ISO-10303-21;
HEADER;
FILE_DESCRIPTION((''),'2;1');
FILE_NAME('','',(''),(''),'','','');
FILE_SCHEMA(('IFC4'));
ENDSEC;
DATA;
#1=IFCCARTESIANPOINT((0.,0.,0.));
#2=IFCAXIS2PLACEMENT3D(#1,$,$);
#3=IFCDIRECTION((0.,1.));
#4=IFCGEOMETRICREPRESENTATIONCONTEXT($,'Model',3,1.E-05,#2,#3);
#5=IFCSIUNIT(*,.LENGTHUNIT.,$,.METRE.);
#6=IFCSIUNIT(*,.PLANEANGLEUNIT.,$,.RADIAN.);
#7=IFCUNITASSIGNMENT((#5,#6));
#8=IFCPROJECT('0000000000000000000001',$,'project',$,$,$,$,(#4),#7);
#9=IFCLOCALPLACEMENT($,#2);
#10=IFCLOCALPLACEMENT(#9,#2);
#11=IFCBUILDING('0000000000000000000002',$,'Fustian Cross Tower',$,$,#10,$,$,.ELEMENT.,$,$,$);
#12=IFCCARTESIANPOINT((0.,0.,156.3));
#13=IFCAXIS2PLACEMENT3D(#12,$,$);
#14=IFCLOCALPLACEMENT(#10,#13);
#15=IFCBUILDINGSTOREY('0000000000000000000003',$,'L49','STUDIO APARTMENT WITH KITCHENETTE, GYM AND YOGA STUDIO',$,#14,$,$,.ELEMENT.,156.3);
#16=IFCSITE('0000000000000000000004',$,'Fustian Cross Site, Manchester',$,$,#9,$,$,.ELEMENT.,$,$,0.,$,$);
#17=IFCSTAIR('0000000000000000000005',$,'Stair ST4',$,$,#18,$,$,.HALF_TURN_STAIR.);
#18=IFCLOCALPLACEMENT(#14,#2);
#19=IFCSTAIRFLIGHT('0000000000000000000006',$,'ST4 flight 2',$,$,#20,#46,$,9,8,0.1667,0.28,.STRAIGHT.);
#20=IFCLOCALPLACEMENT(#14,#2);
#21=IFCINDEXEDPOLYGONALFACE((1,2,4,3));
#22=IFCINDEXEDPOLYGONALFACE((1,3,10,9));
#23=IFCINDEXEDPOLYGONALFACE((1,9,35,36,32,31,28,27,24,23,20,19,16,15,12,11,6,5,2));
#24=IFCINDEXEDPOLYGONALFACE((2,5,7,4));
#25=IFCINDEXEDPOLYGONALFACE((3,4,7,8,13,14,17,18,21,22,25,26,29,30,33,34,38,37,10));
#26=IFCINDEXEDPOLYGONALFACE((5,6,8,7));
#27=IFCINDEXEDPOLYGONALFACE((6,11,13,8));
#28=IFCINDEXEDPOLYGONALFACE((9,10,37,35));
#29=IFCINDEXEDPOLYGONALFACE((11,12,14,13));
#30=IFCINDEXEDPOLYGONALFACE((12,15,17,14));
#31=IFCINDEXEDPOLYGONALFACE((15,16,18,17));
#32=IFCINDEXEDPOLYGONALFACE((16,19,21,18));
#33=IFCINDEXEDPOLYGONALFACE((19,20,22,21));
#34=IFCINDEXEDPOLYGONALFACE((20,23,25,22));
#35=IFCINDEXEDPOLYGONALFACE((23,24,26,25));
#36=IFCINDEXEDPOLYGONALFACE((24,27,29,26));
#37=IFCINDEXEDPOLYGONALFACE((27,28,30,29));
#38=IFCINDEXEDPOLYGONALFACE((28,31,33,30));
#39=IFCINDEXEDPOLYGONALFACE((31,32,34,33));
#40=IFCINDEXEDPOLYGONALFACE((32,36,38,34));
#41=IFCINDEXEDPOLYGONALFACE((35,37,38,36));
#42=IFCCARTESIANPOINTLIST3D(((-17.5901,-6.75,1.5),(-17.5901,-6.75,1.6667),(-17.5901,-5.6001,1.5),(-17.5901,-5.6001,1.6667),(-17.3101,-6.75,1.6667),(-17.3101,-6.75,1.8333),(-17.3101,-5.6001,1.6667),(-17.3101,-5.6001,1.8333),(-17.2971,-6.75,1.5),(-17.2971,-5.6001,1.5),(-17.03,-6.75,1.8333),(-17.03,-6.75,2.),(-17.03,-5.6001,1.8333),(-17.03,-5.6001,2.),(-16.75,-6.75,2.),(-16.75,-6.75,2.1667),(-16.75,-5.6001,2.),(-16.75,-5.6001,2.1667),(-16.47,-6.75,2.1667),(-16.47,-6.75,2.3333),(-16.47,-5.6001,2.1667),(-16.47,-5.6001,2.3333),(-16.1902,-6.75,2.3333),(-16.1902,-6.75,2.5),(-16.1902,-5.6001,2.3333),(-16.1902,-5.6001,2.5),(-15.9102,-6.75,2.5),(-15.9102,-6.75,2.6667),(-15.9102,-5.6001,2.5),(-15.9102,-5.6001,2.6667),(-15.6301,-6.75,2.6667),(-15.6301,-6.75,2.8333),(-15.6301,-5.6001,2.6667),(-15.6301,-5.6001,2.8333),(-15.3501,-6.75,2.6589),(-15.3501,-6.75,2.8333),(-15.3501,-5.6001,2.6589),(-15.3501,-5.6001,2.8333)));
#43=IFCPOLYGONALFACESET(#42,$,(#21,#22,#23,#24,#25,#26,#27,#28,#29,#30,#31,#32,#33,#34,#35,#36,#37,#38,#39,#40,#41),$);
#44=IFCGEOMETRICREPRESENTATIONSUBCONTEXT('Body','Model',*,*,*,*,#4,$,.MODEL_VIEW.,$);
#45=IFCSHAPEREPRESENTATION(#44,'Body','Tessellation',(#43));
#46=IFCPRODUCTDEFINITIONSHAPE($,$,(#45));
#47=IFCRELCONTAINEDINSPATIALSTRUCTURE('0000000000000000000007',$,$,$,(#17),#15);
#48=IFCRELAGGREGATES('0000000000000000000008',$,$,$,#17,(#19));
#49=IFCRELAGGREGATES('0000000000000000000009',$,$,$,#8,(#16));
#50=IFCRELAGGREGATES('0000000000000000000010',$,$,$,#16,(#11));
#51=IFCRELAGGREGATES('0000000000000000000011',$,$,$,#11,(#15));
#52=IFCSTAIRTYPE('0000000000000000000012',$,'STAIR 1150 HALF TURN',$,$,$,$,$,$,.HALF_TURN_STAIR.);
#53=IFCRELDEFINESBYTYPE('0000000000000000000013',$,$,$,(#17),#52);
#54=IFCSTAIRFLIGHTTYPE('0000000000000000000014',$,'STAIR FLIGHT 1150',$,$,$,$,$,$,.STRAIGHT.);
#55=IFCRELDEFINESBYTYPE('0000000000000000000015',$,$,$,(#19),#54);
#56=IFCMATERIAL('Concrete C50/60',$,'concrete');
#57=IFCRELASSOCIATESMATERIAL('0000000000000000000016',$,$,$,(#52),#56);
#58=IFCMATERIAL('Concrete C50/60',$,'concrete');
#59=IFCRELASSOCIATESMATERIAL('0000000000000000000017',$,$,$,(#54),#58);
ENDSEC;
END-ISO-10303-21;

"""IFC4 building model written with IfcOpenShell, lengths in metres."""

from ifc_helpers import new_model, si_unit, direction, frame, origin, place, context, subcontext, project, spatial, polyline, outline, extrude, material, type_object, element, aggregate, save


model = new_model("IFC4")

# Units and contexts
model_context = context("Model", 3, precision=1e-05, world=origin(), true_north=direction((0.0, 1.0)))
body_context = subcontext(model_context, "Body", "Model", "MODEL_VIEW")
ifc_project = project(units=[si_unit("LENGTHUNIT", "METRE"), si_unit("PLANEANGLEUNIT", "RADIAN")], contexts=[model_context])

# Site, building, storey
site_placement = place(None, origin())
site = spatial("IfcSite", under=ifc_project, at=site_placement, Name="Fustian Cross Site, Manchester", CompositionType="ELEMENT", RefElevation=0.0)
building_placement = place(site_placement, origin())
building = spatial("IfcBuilding", under=site, at=building_placement, Name="Fustian Cross Tower", CompositionType="ELEMENT")
storey_placement = place(building_placement, frame((0.0, 0.0, 156.3)))
storey = spatial("IfcBuildingStorey", under=building, at=storey_placement, Name="L49", Description="STUDIO APARTMENT WITH KITCHENETTE, GYM AND YOGA STUDIO", CompositionType="ELEMENT", Elevation=156.3)

# Stair, stair flight
ifc_material_1 = material(Name="Concrete C50/60", Category="concrete")
stair_type = type_object("IfcStairType", Name="STAIR 1150 HALF TURN", PredefinedType="HALF_TURN_STAIR", material=ifc_material_1)
stair_placement = place(storey_placement, origin())
stair = element("IfcStair", 1, at=stair_placement, inside=storey, type_object=stair_type, Name="Stair ST4", PredefinedType="HALF_TURN_STAIR")
ifc_material_2 = material(Name="Concrete C50/60", Category="concrete")
stair_flight_type = type_object("IfcStairFlightType", Name="STAIR FLIGHT 1150", PredefinedType="STRAIGHT", material=ifc_material_2)
stair_flight_1_placement = place(storey_placement, frame((-17.5901, -6.175, 1.5), z_axis=(0.0, 0.0, 1.0), x_axis=(1.0, 0.0, 0.0)))
stair_flight_1 = element("IfcStairFlight", 2, at=stair_flight_1_placement, type_object=stair_flight_type, Name="ST4 flight 2", NumberOfRisers=9, NumberOfTreads=8, PredefinedType="STRAIGHT", RiserHeight=0.1667, TreadLength=0.28, context=body_context, shape_type="SweptSolid", body=[
    extrude(outline(polyline([(0.0, 0.0), (0.0, 0.1667), (0.28, 0.1667), (0.28, 0.3333), (0.5601, 0.3333), (0.5601, 0.5), (0.8401, 0.5), (0.8401, 0.6667), (1.1201, 0.6667), (1.1201, 0.8333), (1.3999, 0.8333), (1.3999, 1.0), (1.6799, 1.0), (1.6799, 1.1667), (1.96, 1.1667), (1.96, 1.3333), (2.24, 1.3333), (2.24, 1.5), (2.24, 1.1589), (0.293, 0.0), (0.0, 0.0)])), frame((0.0, 0.575, 0.0), z_axis=(0.0, -1.0, 0.0), x_axis=(1.0, 0.0, 0.0)), (0.0, 0.0, 1.0), 1.1499),
])
aggregate(stair, [stair_flight_1])

save(model, "model.ifc")
